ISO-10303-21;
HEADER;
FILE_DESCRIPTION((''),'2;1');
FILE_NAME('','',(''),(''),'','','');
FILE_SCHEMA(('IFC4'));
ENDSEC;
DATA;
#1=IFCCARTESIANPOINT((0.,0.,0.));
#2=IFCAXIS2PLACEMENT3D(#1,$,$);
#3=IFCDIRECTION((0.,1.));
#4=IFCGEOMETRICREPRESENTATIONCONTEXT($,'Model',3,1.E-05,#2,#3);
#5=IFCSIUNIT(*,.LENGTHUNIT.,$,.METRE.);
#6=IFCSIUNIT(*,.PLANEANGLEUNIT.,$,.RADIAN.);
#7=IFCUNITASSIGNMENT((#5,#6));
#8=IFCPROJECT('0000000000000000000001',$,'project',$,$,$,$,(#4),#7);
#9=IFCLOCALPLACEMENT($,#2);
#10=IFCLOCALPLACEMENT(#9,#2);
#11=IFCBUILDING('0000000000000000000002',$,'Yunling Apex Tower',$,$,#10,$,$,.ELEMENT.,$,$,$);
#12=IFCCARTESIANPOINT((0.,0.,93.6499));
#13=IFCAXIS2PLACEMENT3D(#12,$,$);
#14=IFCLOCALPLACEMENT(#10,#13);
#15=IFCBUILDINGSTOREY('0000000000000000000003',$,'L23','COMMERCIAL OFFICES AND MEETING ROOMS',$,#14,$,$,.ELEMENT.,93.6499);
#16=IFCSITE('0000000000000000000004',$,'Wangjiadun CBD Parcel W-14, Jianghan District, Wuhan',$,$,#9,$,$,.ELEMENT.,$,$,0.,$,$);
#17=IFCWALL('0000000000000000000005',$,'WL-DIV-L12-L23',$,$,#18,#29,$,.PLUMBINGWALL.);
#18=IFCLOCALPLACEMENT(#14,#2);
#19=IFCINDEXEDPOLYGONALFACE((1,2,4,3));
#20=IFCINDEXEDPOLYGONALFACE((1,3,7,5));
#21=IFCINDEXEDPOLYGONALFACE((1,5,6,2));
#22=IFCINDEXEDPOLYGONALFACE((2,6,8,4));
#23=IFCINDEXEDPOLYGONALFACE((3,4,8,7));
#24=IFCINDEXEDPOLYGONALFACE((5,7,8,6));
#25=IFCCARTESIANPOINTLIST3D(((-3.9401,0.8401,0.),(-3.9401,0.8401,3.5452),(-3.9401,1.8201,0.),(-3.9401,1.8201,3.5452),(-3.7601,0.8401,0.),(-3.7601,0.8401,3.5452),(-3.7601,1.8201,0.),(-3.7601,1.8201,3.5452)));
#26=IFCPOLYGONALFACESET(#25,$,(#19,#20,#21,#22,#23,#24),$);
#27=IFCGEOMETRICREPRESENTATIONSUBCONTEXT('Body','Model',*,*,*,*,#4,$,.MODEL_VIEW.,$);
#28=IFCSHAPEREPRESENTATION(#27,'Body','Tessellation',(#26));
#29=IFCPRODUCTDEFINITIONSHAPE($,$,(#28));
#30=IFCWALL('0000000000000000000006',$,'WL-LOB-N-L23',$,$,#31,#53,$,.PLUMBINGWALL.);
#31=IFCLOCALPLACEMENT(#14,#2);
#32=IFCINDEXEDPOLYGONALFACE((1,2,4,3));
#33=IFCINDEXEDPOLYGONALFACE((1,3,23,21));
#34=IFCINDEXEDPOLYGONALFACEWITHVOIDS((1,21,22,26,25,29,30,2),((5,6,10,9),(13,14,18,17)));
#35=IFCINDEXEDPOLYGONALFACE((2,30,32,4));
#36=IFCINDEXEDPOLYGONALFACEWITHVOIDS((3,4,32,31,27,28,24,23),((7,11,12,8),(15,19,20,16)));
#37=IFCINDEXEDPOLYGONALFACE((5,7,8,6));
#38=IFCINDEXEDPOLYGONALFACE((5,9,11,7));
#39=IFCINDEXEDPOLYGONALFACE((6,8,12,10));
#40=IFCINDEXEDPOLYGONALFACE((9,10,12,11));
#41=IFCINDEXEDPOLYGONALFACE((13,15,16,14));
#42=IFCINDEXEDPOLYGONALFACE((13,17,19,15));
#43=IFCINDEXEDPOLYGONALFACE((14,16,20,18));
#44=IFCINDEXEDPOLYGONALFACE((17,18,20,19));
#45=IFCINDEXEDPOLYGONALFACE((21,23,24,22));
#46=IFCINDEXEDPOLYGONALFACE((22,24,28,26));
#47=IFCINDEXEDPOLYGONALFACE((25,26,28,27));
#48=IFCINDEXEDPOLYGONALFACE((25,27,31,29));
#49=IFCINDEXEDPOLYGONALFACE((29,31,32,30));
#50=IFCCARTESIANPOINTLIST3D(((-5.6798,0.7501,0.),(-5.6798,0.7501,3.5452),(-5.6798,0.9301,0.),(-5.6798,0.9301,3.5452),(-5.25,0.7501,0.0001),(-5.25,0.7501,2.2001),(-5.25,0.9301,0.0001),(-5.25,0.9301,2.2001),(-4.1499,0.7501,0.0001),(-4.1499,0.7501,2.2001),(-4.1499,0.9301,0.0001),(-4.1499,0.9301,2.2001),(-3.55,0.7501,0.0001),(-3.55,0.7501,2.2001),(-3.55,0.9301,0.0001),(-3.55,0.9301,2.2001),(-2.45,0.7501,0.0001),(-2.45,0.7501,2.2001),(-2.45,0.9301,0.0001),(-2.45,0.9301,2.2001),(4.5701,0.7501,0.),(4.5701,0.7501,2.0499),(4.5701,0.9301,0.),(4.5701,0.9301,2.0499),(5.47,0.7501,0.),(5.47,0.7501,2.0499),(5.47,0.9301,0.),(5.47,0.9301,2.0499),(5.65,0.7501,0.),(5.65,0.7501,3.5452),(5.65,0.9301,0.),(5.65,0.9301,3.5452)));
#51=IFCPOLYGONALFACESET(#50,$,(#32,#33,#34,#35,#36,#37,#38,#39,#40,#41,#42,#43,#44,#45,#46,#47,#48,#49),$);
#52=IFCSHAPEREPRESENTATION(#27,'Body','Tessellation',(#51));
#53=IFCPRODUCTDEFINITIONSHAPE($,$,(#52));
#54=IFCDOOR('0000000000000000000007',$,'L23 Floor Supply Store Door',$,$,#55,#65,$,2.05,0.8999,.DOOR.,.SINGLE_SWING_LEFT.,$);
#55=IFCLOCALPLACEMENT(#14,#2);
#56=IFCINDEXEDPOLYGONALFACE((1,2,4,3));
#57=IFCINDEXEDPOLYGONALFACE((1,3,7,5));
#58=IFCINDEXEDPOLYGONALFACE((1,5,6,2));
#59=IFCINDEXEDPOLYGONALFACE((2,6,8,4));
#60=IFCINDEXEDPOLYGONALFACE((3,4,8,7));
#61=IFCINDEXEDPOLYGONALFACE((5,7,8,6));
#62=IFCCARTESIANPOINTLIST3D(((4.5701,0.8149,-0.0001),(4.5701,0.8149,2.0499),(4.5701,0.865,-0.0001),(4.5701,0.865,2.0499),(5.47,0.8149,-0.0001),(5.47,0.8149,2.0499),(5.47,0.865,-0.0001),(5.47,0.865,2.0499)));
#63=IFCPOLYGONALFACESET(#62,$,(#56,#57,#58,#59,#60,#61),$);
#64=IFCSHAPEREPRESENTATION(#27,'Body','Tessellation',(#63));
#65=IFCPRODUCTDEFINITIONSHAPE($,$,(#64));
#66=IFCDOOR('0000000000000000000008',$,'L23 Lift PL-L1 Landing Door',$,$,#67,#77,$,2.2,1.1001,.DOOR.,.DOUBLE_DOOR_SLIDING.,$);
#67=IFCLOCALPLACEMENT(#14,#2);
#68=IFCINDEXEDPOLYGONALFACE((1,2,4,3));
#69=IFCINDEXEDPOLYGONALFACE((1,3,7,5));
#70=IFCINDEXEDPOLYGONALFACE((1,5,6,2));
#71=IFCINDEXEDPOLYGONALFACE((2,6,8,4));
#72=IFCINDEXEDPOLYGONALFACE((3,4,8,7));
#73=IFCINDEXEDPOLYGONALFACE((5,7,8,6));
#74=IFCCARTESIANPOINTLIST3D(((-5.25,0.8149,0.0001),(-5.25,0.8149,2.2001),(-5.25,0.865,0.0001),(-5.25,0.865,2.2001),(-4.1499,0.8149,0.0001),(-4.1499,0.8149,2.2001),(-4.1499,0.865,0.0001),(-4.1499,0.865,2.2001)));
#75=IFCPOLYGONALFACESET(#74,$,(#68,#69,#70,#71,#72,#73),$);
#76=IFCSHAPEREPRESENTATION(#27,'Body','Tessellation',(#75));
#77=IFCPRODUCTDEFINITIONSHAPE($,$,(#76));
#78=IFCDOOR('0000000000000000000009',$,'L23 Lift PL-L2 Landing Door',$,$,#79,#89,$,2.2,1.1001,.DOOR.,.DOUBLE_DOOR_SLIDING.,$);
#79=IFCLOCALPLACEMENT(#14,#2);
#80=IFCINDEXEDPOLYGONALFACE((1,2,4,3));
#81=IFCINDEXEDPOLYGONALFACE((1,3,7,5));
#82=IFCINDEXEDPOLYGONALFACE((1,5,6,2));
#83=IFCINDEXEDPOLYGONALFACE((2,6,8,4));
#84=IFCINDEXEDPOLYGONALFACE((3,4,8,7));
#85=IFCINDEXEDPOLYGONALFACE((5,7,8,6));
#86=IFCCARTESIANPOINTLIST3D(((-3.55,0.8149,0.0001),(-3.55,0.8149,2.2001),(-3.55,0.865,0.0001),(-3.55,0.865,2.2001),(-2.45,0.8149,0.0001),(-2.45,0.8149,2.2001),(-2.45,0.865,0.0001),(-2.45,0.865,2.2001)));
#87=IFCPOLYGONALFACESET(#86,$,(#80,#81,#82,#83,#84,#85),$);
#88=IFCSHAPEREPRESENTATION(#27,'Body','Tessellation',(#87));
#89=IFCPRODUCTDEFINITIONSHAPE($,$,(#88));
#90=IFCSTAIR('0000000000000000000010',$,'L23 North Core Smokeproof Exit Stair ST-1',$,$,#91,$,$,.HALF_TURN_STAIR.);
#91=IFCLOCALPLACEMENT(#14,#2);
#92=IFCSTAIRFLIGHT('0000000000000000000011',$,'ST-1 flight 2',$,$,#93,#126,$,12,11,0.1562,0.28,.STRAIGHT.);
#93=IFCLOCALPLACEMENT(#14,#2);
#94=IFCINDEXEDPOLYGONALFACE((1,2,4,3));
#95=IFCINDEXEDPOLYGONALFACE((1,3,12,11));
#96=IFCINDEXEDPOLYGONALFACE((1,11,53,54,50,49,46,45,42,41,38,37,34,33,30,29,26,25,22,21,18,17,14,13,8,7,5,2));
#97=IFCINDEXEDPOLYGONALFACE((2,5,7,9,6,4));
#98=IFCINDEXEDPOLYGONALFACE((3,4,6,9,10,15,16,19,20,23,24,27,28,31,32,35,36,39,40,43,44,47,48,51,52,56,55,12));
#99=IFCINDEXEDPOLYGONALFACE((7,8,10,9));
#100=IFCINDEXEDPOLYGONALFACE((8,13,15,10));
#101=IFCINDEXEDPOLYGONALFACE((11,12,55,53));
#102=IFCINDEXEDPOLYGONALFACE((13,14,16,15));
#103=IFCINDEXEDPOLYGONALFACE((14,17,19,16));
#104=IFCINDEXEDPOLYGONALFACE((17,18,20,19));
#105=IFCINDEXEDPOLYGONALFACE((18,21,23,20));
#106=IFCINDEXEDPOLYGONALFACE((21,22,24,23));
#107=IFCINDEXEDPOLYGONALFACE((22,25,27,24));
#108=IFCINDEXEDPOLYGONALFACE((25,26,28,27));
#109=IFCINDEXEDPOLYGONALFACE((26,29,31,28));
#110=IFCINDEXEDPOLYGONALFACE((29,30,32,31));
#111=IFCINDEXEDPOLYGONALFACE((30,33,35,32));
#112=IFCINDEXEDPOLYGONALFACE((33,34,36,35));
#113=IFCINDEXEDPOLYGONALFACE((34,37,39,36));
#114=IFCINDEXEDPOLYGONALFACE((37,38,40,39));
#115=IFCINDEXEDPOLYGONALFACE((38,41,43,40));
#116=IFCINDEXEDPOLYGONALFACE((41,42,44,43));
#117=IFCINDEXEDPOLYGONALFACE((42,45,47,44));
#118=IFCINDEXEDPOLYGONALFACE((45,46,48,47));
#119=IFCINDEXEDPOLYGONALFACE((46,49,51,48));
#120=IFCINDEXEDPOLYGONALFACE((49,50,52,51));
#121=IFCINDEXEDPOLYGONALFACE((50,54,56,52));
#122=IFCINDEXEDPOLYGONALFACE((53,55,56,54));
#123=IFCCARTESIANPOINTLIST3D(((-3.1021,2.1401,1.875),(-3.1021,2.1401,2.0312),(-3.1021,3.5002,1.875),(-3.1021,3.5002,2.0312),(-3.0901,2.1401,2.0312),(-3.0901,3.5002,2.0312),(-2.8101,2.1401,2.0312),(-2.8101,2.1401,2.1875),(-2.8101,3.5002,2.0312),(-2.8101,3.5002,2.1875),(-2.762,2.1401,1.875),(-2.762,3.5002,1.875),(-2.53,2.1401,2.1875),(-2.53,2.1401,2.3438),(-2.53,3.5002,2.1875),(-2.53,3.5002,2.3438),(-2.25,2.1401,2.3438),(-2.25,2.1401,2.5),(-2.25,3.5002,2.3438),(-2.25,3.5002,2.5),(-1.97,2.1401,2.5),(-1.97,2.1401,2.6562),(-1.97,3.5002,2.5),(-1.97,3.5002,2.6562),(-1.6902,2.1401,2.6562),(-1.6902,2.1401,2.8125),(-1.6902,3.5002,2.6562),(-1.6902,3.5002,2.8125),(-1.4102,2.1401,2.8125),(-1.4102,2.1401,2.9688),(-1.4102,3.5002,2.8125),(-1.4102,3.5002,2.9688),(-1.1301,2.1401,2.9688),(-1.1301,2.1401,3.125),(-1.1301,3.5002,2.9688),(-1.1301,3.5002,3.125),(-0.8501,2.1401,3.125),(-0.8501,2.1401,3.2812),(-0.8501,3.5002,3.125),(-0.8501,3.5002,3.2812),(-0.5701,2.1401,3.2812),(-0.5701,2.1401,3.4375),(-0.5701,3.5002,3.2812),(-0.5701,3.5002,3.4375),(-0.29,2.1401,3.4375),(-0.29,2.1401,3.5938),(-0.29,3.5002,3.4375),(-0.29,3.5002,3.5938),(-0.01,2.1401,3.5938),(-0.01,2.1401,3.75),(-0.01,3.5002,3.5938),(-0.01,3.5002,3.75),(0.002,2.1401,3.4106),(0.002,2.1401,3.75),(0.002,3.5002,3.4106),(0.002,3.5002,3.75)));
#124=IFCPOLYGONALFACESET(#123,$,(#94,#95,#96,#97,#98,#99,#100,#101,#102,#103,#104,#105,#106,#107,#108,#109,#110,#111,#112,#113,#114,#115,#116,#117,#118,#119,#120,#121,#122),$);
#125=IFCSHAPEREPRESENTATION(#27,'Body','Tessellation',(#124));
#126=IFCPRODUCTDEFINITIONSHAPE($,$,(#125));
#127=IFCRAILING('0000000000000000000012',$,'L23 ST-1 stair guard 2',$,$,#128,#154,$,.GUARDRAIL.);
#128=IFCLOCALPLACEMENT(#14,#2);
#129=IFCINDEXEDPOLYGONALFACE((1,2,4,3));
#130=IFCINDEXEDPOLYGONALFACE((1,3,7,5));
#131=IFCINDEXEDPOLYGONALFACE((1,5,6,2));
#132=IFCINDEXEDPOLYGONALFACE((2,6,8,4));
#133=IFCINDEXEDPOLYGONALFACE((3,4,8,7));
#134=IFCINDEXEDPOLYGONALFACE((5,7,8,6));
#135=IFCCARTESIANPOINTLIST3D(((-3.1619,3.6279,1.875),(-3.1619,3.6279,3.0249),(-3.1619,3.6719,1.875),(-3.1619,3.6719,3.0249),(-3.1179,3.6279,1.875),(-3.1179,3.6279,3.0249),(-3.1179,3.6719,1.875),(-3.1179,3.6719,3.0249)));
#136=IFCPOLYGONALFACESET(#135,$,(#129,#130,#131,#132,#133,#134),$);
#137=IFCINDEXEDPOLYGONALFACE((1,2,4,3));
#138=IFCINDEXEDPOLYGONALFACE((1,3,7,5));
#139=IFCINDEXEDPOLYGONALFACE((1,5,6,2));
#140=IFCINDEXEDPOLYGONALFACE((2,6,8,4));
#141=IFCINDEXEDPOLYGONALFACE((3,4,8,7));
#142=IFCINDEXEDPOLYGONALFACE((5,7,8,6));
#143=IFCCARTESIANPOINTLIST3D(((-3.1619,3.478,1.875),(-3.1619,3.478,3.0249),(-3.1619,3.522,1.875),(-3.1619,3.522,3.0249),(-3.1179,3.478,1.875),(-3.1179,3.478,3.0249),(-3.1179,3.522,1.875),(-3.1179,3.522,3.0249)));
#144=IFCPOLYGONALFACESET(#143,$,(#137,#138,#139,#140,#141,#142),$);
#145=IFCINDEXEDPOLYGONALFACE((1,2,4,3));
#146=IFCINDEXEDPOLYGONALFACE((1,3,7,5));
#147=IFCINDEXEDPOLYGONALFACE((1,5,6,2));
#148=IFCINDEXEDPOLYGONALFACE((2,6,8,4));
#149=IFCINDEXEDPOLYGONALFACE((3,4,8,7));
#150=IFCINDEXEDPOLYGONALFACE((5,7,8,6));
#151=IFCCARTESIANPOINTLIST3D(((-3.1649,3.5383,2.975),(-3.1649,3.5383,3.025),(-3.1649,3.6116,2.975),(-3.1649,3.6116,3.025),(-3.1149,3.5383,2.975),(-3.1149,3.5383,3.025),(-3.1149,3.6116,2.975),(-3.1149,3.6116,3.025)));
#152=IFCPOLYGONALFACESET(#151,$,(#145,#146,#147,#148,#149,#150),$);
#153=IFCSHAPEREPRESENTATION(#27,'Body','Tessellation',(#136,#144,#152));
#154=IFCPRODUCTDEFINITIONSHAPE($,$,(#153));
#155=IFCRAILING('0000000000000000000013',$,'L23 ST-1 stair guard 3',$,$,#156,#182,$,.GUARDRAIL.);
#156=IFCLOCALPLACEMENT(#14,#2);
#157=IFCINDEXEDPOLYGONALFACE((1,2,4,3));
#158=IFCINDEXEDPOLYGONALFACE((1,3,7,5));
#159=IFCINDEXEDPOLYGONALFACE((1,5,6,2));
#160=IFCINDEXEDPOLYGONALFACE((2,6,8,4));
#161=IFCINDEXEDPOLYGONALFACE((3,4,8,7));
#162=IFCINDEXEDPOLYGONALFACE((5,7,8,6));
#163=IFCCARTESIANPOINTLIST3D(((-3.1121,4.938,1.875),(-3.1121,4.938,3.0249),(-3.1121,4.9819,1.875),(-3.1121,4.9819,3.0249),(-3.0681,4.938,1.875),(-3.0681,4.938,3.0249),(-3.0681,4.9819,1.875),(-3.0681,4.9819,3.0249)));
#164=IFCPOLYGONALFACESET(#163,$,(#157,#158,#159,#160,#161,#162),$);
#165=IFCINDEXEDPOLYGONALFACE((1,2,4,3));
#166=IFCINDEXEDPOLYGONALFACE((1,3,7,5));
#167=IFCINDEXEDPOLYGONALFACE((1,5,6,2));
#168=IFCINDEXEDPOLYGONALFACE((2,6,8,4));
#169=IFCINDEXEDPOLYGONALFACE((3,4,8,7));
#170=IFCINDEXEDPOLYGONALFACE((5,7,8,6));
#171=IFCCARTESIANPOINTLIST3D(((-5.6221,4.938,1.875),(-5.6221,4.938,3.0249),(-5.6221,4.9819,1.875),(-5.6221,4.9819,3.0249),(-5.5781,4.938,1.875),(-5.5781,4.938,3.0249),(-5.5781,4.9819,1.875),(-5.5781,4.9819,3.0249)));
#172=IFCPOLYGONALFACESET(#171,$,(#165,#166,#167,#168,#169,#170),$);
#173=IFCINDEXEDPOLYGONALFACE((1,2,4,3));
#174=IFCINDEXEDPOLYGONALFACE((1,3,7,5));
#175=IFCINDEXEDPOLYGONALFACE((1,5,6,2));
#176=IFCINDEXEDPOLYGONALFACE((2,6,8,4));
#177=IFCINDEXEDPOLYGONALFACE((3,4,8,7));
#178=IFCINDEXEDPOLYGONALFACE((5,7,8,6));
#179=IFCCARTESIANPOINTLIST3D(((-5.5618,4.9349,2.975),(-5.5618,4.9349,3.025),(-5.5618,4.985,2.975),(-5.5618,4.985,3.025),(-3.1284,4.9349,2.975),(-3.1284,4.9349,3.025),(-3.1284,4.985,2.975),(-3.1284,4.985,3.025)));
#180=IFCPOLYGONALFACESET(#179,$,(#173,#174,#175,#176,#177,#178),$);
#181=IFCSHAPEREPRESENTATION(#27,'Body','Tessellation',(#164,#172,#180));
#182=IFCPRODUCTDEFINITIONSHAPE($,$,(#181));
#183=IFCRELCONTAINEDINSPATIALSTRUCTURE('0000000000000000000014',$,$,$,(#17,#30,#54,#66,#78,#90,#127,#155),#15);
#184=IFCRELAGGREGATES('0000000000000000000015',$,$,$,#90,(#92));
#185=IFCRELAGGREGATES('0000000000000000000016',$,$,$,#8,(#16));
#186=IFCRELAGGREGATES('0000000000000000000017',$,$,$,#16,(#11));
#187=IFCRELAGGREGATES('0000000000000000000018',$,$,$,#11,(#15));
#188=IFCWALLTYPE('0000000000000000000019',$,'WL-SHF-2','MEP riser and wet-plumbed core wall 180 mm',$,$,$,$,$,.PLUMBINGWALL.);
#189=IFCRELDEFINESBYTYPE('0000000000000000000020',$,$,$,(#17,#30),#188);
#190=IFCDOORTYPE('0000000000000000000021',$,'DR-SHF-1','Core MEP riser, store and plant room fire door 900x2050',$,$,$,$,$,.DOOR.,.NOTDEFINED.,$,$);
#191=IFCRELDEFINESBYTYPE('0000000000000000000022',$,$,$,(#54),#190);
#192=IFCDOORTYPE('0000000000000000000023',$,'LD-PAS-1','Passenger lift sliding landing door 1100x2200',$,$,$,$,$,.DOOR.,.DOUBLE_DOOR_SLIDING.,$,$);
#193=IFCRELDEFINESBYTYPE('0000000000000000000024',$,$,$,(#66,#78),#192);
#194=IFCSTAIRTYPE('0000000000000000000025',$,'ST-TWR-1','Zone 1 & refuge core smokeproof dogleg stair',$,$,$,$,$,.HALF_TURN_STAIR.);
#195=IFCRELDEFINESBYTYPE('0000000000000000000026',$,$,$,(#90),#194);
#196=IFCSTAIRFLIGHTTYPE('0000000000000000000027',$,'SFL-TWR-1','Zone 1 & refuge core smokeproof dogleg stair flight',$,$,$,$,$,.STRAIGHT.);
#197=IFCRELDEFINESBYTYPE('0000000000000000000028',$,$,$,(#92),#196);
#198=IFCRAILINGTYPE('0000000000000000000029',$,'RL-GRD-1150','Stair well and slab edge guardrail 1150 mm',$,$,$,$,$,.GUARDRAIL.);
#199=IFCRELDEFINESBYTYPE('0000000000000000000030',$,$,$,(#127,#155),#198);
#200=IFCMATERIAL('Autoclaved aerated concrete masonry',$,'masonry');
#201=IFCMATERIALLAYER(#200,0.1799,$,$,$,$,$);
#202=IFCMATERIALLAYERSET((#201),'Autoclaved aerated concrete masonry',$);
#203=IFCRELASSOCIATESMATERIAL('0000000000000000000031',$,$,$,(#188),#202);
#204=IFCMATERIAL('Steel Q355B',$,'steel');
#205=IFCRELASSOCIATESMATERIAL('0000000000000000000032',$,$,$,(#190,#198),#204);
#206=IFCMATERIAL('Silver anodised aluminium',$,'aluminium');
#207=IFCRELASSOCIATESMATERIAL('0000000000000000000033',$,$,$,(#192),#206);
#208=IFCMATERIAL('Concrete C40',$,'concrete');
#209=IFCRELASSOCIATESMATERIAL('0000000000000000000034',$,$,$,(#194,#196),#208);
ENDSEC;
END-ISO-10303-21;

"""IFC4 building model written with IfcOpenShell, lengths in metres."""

from ifc_helpers import new_model, si_unit, direction, frame, frame_2d, origin, origin_2d, place, context, subcontext, project, spatial, polyline, rectangle, outline, extrude, material, layer, layer_set, type_object, element, fill, aggregate, save


model = new_model("IFC4")

# Units and contexts
model_context = context("Model", 3, precision=1e-05, world=origin(), true_north=direction((0.0, 1.0)))
body_context = subcontext(model_context, "Body", "Model", "MODEL_VIEW")
ifc_project = project(units=[si_unit("LENGTHUNIT", "METRE"), si_unit("PLANEANGLEUNIT", "RADIAN")], contexts=[model_context])

# Site, building, storey
site_placement = place(None, origin())
site = spatial("IfcSite", under=ifc_project, at=site_placement, Name="Wangjiadun CBD Parcel W-14, Jianghan District, Wuhan", CompositionType="ELEMENT", RefElevation=0.0)
building_placement = place(site_placement, origin())
building = spatial("IfcBuilding", under=site, at=building_placement, Name="Yunling Apex Tower", CompositionType="ELEMENT")
storey_placement = place(building_placement, frame((0.0, 0.0, 93.6499)))
storey = spatial("IfcBuildingStorey", under=building, at=storey_placement, Name="L23", Description="COMMERCIAL OFFICES AND MEETING ROOMS", CompositionType="ELEMENT", Elevation=93.6499)

# Shared definitions
ifc_material_1 = material(Name="Steel Q355B", Category="steel")

# Wall
ifc_material_2 = material(Name="Concrete C40", Category="concrete")
ifc_material_3 = material(Name="Autoclaved aerated concrete masonry", Category="masonry")
ifc_layer_1 = layer(ifc_material_3, 0.1799)
ifc_layer_set_1 = layer_set([ifc_layer_1], Name="Autoclaved aerated concrete masonry")
wall_type_1 = type_object("IfcWallType", Name="WL-SHF-2", Description="MEP riser and wet-plumbed core wall 180 mm", PredefinedType="PLUMBINGWALL", material=ifc_layer_set_1)
wall_1_placement = place(storey_placement, frame((-3.8501, 0.8401, 0.0), z_axis=(0.0, 0.0, 1.0), x_axis=(0.0, 1.0, 0.0)))
element("IfcWall", 1, at=wall_1_placement, inside=storey, type_object=wall_type_1, Name="WL-DIV-L12-L23", PredefinedType="PLUMBINGWALL", context=body_context, shape_type="SweptSolid", body=[
    extrude(rectangle(XDim=0.98, YDim=0.1799, at=frame_2d((0.49, 0.0))), origin(), (0.0, 0.0, 1.0), 3.5452),
])

# Wall, openings, doors
wall_2_placement = place(storey_placement, frame((-5.6799, 0.8401, 0.0), z_axis=(0.0, 0.0, 1.0), x_axis=(1.0, 0.0, 0.0)))
wall_2 = element("IfcWall", 2, at=wall_2_placement, inside=storey, type_object=wall_type_1, Name="WL-LOB-N-L23", PredefinedType="PLUMBINGWALL", context=body_context, shape_type="SweptSolid", body=[
    extrude(rectangle(XDim=11.3298, YDim=0.1799, at=frame_2d((5.665, 0.0))), origin(), (0.0, 0.0, 1.0), 3.5452),
])
opening_1_placement = place(wall_2_placement, frame((0.4299, 0.0, 0.0)))
opening_1 = element("IfcOpeningElement", 3, at=opening_1_placement, cuts=wall_2, PredefinedType="OPENING", context=body_context, shape_type="SweptSolid", body=[
    extrude(rectangle(XDim=1.1001, YDim=2.2, at=frame_2d((0.55, 1.1001))), frame((0.0, 0.1001, 0.0), z_axis=(0.0, -1.0, 0.0), x_axis=(1.0, 0.0, 0.0)), (0.0, 0.0, 1.0), 0.2),
])
opening_2_placement = place(wall_2_placement, frame((2.1299, 0.0, 0.0)))
opening_2 = element("IfcOpeningElement", 4, at=opening_2_placement, cuts=wall_2, PredefinedType="OPENING", context=body_context, shape_type="SweptSolid", body=[
    extrude(rectangle(XDim=1.1001, YDim=2.2, at=frame_2d((0.55, 1.1001))), frame((0.0, 0.1001, 0.0), z_axis=(0.0, -1.0, 0.0), x_axis=(1.0, 0.0, 0.0)), (0.0, 0.0, 1.0), 0.2),
])
opening_3_placement = place(wall_2_placement, frame((10.25, 0.0, 0.0)))
opening_3 = element("IfcOpeningElement", 5, at=opening_3_placement, cuts=wall_2, PredefinedType="OPENING", context=body_context, shape_type="SweptSolid", body=[
    extrude(rectangle(XDim=0.8999, YDim=2.05, at=frame_2d((0.45, 1.0249))), frame((0.0, 0.1001, 0.0), z_axis=(0.0, -1.0, 0.0), x_axis=(1.0, 0.0, 0.0)), (0.0, 0.0, 1.0), 0.2),
])
door_type_1 = type_object("IfcDoorType", Name="DR-SHF-1", Description="Core MEP riser, store and plant room fire door 900x2050", OperationType="NOTDEFINED", PredefinedType="DOOR", material=ifc_material_1)
door_1_placement = place(opening_3_placement, origin())
door_1 = element("IfcDoor", 6, at=door_1_placement, inside=storey, type_object=door_type_1, Name="L23 Floor Supply Store Door", OperationType="SINGLE_SWING_LEFT", OverallHeight=2.05, OverallWidth=0.8999, PredefinedType="DOOR", context=body_context, shape_type="SweptSolid", body=[
    extrude(rectangle(XDim=0.8999, YDim=2.05, at=frame_2d((0.45, 1.0249))), frame((0.0, 0.0249, 0.0), z_axis=(0.0, -1.0, 0.0), x_axis=(1.0, 0.0, 0.0)), (0.0, 0.0, 1.0), 0.05),
])
fill(opening_3, door_1)
ifc_material_4 = material(Name="Silver anodised aluminium", Category="aluminium")
door_type_2 = type_object("IfcDoorType", Name="LD-PAS-1", Description="Passenger lift sliding landing door 1100x2200", OperationType="DOUBLE_DOOR_SLIDING", PredefinedType="DOOR", material=ifc_material_4)
door_2_placement = place(opening_1_placement, origin())
door_2 = element("IfcDoor", 7, at=door_2_placement, inside=storey, type_object=door_type_2, Name="L23 Lift PL-L1 Landing Door", OperationType="DOUBLE_DOOR_SLIDING", OverallHeight=2.2, OverallWidth=1.1001, PredefinedType="DOOR", context=body_context, shape_type="SweptSolid", body=[
    extrude(rectangle(XDim=1.1001, YDim=2.2, at=frame_2d((0.55, 1.1001))), frame((0.0, 0.0249, 0.0), z_axis=(0.0, -1.0, 0.0), x_axis=(1.0, 0.0, 0.0)), (0.0, 0.0, 1.0), 0.05),
])
fill(opening_1, door_2)
door_3_placement = place(opening_2_placement, origin())
door_3 = element("IfcDoor", 8, at=door_3_placement, inside=storey, type_object=door_type_2, Name="L23 Lift PL-L2 Landing Door", OperationType="DOUBLE_DOOR_SLIDING", OverallHeight=2.2, OverallWidth=1.1001, PredefinedType="DOOR", context=body_context, shape_type="SweptSolid", body=[
    extrude(rectangle(XDim=1.1001, YDim=2.2, at=frame_2d((0.55, 1.1001))), frame((0.0, 0.0249, 0.0), z_axis=(0.0, -1.0, 0.0), x_axis=(1.0, 0.0, 0.0)), (0.0, 0.0, 1.0), 0.05),
])
fill(opening_2, door_3)

# Stair, stair flight
stair_type = type_object("IfcStairType", Name="ST-TWR-1", Description="Zone 1 & refuge core smokeproof dogleg stair", PredefinedType="HALF_TURN_STAIR", material=ifc_material_2)
stair_placement = place(storey_placement, origin())
stair = element("IfcStair", 9, at=stair_placement, inside=storey, type_object=stair_type, Name="L23 North Core Smokeproof Exit Stair ST-1", PredefinedType="HALF_TURN_STAIR")
stair_flight_type = type_object("IfcStairFlightType", Name="SFL-TWR-1", Description="Zone 1 & refuge core smokeproof dogleg stair flight", PredefinedType="STRAIGHT", material=ifc_material_2)
stair_flight_placement = place(storey_placement, frame((-3.0901, 2.8201, 1.875), z_axis=(0.0, 0.0, 1.0), x_axis=(1.0, 0.0, 0.0)))
stair_flight = element("IfcStairFlight", 10, at=stair_flight_placement, type_object=stair_flight_type, Name="ST-1 flight 2", NumberOfRisers=12, NumberOfTreads=11, PredefinedType="STRAIGHT", RiserHeight=0.1562, TreadLength=0.28, context=body_context, shape_type="SweptSolid", body=[
    extrude(outline(polyline([(-0.012, 0.0), (-0.012, 0.1562), (0.0, 0.1562), (0.28, 0.1562), (0.28, 0.3125), (0.5601, 0.3125), (0.5601, 0.4688), (0.8401, 0.4688), (0.8401, 0.625), (1.1201, 0.625), (1.1201, 0.7812), (1.3999, 0.7812), (1.3999, 0.9375), (1.6799, 0.9375), (1.6799, 1.0938), (1.96, 1.0938), (1.96, 1.25), (2.24, 1.25), (2.24, 1.4062), (2.52, 1.4062), (2.52, 1.5625), (2.8, 1.5625), (2.8, 1.7188), (3.0801, 1.7188), (3.0801, 1.875), (3.092, 1.875), (3.092, 1.5356), (0.3281, 0.0), (-0.012, 0.0)])), frame((0.0, 0.6802, 0.0), z_axis=(0.0, -1.0, 0.0), x_axis=(1.0, 0.0, 0.0)), (0.0, 0.0, 1.0), 1.3601),
])
aggregate(stair, [stair_flight])

# Railings
railing_type_1 = type_object("IfcRailingType", Name="RL-GRD-1150", Description="Stair well and slab edge guardrail 1150 mm", PredefinedType="GUARDRAIL", material=ifc_material_1)
railing_1_placement = place(storey_placement, frame((-3.1399, 3.6499, 1.875)))
element("IfcRailing", 11, at=railing_1_placement, inside=storey, type_object=railing_type_1, Name="L23 ST-1 stair guard 2", PredefinedType="GUARDRAIL", context=body_context, shape_type="SweptSolid", body=[
    extrude(rectangle(XDim=0.0439, YDim=0.0439, at=origin_2d()), origin(), (0.0, 0.0, 1.0), 1.1499),
    extrude(rectangle(XDim=0.0439, YDim=0.0439, at=origin_2d()), frame((0.0, -0.1499, 0.0)), (0.0, 0.0, 1.0), 1.1499),
    extrude(rectangle(XDim=0.05, YDim=0.05, at=origin_2d()), frame((0.0, -0.0383, 1.125), z_axis=(0.0, -1.0, 0.0), x_axis=(1.0, 0.0, 0.0)), (0.0, 0.0, 1.0), 0.0732),
])
railing_2_placement = place(storey_placement, frame((-3.0901, 4.96, 1.875)))
element("IfcRailing", 12, at=railing_2_placement, inside=storey, type_object=railing_type_1, Name="L23 ST-1 stair guard 3", PredefinedType="GUARDRAIL", context=body_context, shape_type="SweptSolid", body=[
    extrude(rectangle(XDim=0.0439, YDim=0.0439, at=origin_2d()), origin(), (0.0, 0.0, 1.0), 1.1499),
    extrude(rectangle(XDim=0.0439, YDim=0.0439, at=origin_2d()), frame((-2.51, 0.0, 0.0)), (0.0, 0.0, 1.0), 1.1499),
    extrude(rectangle(XDim=0.05, YDim=0.05, at=origin_2d()), frame((-0.0383, 0.0, 1.125), z_axis=(-1.0, 0.0, 0.0), x_axis=(0.0, -1.0, 0.0)), (0.0, 0.0, 1.0), 2.4333),
])

save(model, "model.ifc")
